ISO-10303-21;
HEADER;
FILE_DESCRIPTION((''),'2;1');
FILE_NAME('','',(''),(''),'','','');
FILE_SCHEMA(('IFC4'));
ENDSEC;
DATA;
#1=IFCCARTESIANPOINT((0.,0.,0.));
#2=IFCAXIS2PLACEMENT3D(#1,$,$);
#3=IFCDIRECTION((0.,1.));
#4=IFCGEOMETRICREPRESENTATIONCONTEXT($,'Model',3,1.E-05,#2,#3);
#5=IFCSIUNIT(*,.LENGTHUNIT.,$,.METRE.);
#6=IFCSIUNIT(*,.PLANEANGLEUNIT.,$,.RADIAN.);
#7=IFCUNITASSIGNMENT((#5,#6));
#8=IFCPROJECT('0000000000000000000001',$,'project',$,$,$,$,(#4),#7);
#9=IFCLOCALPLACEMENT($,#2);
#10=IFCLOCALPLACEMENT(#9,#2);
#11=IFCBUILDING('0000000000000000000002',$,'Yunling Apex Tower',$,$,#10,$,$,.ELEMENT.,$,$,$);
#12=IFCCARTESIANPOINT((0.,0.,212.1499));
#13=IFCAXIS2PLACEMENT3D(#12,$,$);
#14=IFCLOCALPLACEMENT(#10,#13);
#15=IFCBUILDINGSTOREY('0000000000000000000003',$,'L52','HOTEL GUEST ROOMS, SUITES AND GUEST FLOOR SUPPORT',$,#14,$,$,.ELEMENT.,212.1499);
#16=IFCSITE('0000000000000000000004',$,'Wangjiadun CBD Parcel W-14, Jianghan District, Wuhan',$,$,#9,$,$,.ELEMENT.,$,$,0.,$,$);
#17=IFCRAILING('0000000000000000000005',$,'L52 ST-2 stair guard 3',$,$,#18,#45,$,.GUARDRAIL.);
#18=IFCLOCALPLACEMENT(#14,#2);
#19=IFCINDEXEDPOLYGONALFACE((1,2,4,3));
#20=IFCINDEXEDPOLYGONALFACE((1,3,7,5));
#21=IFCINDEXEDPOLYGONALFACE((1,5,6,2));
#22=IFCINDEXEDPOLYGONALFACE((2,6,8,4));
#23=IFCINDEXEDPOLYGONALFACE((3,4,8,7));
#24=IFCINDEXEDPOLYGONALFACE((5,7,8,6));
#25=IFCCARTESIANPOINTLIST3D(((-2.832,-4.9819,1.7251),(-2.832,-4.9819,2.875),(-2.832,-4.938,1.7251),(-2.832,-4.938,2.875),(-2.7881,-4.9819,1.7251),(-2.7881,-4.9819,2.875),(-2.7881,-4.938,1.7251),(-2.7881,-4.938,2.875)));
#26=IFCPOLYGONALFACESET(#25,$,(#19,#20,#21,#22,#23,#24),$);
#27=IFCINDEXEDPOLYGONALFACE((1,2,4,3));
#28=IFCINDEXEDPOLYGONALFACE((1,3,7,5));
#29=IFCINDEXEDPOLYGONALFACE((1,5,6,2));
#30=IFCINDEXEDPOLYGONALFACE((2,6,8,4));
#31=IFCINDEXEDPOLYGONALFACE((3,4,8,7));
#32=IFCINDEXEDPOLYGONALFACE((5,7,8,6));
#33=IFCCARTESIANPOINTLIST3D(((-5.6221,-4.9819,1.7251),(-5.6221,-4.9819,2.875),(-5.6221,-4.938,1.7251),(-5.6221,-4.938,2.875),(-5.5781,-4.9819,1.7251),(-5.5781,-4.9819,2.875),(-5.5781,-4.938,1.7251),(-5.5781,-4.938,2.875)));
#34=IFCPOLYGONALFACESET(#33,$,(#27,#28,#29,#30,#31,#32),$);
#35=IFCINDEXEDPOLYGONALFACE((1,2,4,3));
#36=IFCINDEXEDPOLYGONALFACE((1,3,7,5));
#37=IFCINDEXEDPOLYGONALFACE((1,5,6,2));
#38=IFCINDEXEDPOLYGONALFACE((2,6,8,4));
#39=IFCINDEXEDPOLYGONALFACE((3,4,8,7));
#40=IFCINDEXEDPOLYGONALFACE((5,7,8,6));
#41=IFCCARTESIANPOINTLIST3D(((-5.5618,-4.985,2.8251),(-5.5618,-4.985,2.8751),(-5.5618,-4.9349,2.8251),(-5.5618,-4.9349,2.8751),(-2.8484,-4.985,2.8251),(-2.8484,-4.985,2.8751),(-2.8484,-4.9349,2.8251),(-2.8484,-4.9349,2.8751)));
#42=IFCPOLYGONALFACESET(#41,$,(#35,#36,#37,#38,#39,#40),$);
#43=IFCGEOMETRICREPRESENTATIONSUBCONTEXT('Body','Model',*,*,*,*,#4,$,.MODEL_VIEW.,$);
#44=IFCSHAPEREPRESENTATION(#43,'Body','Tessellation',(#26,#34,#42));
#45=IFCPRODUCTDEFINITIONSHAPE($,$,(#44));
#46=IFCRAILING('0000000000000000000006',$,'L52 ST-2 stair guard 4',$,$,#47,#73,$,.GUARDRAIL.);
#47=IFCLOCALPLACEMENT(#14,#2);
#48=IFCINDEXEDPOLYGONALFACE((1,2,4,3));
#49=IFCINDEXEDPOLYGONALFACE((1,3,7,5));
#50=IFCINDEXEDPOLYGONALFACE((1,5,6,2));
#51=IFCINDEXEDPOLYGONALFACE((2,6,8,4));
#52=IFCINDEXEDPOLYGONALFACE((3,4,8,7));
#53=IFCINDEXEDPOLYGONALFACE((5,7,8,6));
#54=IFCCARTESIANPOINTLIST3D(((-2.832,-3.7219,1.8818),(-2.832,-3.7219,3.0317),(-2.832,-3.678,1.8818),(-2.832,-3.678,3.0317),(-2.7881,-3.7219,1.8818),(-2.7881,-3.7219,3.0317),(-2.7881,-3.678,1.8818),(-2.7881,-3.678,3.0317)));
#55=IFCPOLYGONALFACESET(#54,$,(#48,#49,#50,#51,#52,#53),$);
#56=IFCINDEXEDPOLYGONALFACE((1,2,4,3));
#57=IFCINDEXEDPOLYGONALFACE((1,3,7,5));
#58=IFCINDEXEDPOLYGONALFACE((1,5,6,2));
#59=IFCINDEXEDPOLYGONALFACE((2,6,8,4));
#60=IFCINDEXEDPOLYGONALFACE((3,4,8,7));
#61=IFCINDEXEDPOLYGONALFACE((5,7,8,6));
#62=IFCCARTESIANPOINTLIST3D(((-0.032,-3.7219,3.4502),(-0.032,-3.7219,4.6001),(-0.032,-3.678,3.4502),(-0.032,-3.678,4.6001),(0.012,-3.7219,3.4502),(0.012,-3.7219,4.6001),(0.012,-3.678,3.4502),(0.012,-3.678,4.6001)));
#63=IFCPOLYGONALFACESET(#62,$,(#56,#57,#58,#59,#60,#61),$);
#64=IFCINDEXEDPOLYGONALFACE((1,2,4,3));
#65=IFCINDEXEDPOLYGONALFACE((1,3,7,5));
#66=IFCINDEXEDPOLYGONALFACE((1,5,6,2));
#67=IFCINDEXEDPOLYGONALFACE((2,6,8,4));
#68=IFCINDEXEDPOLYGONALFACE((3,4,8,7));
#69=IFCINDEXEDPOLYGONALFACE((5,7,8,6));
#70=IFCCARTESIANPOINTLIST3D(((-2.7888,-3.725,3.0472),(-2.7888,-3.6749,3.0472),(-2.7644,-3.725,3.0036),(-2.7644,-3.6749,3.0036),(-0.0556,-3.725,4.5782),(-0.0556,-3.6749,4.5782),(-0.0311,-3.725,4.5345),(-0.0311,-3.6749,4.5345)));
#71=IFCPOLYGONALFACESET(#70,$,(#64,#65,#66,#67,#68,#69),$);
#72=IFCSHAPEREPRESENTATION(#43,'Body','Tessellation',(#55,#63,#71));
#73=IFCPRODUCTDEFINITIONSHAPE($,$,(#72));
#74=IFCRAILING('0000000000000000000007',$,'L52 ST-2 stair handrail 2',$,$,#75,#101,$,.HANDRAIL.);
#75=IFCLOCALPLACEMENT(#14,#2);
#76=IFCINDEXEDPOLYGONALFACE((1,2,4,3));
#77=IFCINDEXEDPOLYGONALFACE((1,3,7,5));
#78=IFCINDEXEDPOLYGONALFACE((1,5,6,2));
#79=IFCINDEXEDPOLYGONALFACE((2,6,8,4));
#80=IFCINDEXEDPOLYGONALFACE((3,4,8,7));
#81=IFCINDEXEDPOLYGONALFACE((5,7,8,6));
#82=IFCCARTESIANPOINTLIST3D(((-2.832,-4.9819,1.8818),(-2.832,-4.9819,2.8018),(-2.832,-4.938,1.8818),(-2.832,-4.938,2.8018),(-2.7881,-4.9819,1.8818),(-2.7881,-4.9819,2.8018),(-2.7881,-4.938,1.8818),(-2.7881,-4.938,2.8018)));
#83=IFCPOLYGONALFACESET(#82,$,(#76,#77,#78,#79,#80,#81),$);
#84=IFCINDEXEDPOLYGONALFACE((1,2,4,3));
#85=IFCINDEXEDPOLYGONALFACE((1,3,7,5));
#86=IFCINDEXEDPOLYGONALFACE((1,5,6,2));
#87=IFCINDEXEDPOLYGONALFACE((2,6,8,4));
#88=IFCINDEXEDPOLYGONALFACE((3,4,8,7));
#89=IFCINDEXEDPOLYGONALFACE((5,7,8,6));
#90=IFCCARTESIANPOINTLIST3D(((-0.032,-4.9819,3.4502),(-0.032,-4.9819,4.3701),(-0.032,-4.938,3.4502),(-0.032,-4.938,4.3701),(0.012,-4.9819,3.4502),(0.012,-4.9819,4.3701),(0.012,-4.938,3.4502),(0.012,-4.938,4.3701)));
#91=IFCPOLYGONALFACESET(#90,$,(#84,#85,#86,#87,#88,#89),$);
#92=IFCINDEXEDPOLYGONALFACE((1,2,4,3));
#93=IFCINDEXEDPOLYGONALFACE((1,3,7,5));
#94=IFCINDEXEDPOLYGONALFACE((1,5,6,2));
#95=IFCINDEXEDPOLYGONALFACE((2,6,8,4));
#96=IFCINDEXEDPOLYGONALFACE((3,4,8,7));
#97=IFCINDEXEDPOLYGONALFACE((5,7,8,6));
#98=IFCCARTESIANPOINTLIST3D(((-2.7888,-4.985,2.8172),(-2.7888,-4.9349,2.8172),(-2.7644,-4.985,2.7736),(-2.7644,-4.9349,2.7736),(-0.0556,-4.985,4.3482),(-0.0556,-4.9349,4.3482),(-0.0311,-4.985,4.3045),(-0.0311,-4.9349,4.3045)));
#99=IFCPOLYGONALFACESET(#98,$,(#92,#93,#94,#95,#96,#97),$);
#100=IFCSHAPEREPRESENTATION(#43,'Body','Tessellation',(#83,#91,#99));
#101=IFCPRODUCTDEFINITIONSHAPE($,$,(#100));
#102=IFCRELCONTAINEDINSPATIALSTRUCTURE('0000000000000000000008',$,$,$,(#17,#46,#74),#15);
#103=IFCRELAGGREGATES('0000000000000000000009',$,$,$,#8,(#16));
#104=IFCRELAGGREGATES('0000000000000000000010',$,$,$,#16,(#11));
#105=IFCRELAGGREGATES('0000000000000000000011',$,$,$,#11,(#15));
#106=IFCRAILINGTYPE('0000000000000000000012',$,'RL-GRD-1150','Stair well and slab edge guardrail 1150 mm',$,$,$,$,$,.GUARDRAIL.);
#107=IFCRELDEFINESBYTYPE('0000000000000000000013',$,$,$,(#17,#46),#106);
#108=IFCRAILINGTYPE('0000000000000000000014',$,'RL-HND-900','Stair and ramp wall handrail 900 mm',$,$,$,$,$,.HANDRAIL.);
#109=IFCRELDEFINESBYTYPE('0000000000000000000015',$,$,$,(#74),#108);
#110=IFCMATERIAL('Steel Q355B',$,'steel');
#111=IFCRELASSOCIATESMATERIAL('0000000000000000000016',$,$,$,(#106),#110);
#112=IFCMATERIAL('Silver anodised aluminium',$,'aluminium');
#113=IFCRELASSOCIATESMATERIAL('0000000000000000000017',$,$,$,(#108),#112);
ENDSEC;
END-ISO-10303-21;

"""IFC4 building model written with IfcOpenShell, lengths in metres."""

from ifc_helpers import new_model, si_unit, direction, frame, origin, origin_2d, place, context, subcontext, project, spatial, rectangle, extrude, material, type_object, element, save


model = new_model("IFC4")

# Units and contexts
model_context = context("Model", 3, precision=1e-05, world=origin(), true_north=direction((0.0, 1.0)))
body_context = subcontext(model_context, "Body", "Model", "MODEL_VIEW")
ifc_project = project(units=[si_unit("LENGTHUNIT", "METRE"), si_unit("PLANEANGLEUNIT", "RADIAN")], contexts=[model_context])

# Site, building, storey
site_placement = place(None, origin())
site = spatial("IfcSite", under=ifc_project, at=site_placement, Name="Wangjiadun CBD Parcel W-14, Jianghan District, Wuhan", CompositionType="ELEMENT", RefElevation=0.0)
building_placement = place(site_placement, origin())
building = spatial("IfcBuilding", under=site, at=building_placement, Name="Yunling Apex Tower", CompositionType="ELEMENT")
storey_placement = place(building_placement, frame((0.0, 0.0, 212.1499)))
storey = spatial("IfcBuildingStorey", under=building, at=storey_placement, Name="L52", Description="HOTEL GUEST ROOMS, SUITES AND GUEST FLOOR SUPPORT", CompositionType="ELEMENT", Elevation=212.1499)

# Shared definitions
ifc_material_1 = material(Name="Steel Q355B", Category="steel")

# Shared definitions
ifc_material_2 = material(Name="Silver anodised aluminium", Category="aluminium")

# Railings
railing_type_1 = type_object("IfcRailingType", Name="RL-GRD-1150", Description="Stair well and slab edge guardrail 1150 mm", PredefinedType="GUARDRAIL", material=ifc_material_1)
railing_1_placement = place(storey_placement, frame((-2.8101, -4.96, 1.7251)))
element("IfcRailing", 1, at=railing_1_placement, inside=storey, type_object=railing_type_1, Name="L52 ST-2 stair guard 3", PredefinedType="GUARDRAIL", context=body_context, shape_type="SweptSolid", body=[
    extrude(rectangle(XDim=0.0439, YDim=0.0439, at=origin_2d()), origin(), (0.0, 0.0, 1.0), 1.1499),
    extrude(rectangle(XDim=0.0439, YDim=0.0439, at=origin_2d()), frame((-2.79, 0.0, 0.0)), (0.0, 0.0, 1.0), 1.1499),
    extrude(rectangle(XDim=0.05, YDim=0.05, at=origin_2d()), frame((-0.0383, 0.0, 1.125), z_axis=(-1.0, 0.0, 0.0), x_axis=(0.0, -1.0, 0.0)), (0.0, 0.0, 1.0), 2.7134),
])
railing_2_placement = place(storey_placement, frame((-2.8101, -3.7, 1.8818)))
element("IfcRailing", 2, at=railing_2_placement, inside=storey, type_object=railing_type_1, Name="L52 ST-2 stair guard 4", PredefinedType="GUARDRAIL", context=body_context, shape_type="SweptSolid", body=[
    extrude(rectangle(XDim=0.0439, YDim=0.0439, at=origin_2d()), origin(), (0.0, 0.0, 1.0), 1.1499),
    extrude(rectangle(XDim=0.0439, YDim=0.0439, at=origin_2d()), frame((2.8, 0.0, 1.5684)), (0.0, 0.0, 1.0), 1.1499),
    extrude(rectangle(XDim=0.05, YDim=0.05, at=origin_2d()), frame((0.0334, 0.0, 1.1436), z_axis=(0.872462, 0.0, 0.488682), x_axis=(0.0, 1.0, 0.0)), (0.0, 0.0, 1.0), 3.1328),
])
railing_type_2 = type_object("IfcRailingType", Name="RL-HND-900", Description="Stair and ramp wall handrail 900 mm", PredefinedType="HANDRAIL", material=ifc_material_2)
railing_3_placement = place(storey_placement, frame((-2.8101, -4.96, 1.8818)))
element("IfcRailing", 3, at=railing_3_placement, inside=storey, type_object=railing_type_2, Name="L52 ST-2 stair handrail 2", PredefinedType="HANDRAIL", context=body_context, shape_type="SweptSolid", body=[
    extrude(rectangle(XDim=0.0439, YDim=0.0439, at=origin_2d()), origin(), (0.0, 0.0, 1.0), 0.9199),
    extrude(rectangle(XDim=0.0439, YDim=0.0439, at=origin_2d()), frame((2.8, 0.0, 1.5684)), (0.0, 0.0, 1.0), 0.9199),
    extrude(rectangle(XDim=0.05, YDim=0.05, at=origin_2d()), frame((0.0334, 0.0, 0.9136), z_axis=(0.872462, 0.0, 0.488682), x_axis=(0.0, 1.0, 0.0)), (0.0, 0.0, 1.0), 3.1328),
])

save(model, "model.ifc")
